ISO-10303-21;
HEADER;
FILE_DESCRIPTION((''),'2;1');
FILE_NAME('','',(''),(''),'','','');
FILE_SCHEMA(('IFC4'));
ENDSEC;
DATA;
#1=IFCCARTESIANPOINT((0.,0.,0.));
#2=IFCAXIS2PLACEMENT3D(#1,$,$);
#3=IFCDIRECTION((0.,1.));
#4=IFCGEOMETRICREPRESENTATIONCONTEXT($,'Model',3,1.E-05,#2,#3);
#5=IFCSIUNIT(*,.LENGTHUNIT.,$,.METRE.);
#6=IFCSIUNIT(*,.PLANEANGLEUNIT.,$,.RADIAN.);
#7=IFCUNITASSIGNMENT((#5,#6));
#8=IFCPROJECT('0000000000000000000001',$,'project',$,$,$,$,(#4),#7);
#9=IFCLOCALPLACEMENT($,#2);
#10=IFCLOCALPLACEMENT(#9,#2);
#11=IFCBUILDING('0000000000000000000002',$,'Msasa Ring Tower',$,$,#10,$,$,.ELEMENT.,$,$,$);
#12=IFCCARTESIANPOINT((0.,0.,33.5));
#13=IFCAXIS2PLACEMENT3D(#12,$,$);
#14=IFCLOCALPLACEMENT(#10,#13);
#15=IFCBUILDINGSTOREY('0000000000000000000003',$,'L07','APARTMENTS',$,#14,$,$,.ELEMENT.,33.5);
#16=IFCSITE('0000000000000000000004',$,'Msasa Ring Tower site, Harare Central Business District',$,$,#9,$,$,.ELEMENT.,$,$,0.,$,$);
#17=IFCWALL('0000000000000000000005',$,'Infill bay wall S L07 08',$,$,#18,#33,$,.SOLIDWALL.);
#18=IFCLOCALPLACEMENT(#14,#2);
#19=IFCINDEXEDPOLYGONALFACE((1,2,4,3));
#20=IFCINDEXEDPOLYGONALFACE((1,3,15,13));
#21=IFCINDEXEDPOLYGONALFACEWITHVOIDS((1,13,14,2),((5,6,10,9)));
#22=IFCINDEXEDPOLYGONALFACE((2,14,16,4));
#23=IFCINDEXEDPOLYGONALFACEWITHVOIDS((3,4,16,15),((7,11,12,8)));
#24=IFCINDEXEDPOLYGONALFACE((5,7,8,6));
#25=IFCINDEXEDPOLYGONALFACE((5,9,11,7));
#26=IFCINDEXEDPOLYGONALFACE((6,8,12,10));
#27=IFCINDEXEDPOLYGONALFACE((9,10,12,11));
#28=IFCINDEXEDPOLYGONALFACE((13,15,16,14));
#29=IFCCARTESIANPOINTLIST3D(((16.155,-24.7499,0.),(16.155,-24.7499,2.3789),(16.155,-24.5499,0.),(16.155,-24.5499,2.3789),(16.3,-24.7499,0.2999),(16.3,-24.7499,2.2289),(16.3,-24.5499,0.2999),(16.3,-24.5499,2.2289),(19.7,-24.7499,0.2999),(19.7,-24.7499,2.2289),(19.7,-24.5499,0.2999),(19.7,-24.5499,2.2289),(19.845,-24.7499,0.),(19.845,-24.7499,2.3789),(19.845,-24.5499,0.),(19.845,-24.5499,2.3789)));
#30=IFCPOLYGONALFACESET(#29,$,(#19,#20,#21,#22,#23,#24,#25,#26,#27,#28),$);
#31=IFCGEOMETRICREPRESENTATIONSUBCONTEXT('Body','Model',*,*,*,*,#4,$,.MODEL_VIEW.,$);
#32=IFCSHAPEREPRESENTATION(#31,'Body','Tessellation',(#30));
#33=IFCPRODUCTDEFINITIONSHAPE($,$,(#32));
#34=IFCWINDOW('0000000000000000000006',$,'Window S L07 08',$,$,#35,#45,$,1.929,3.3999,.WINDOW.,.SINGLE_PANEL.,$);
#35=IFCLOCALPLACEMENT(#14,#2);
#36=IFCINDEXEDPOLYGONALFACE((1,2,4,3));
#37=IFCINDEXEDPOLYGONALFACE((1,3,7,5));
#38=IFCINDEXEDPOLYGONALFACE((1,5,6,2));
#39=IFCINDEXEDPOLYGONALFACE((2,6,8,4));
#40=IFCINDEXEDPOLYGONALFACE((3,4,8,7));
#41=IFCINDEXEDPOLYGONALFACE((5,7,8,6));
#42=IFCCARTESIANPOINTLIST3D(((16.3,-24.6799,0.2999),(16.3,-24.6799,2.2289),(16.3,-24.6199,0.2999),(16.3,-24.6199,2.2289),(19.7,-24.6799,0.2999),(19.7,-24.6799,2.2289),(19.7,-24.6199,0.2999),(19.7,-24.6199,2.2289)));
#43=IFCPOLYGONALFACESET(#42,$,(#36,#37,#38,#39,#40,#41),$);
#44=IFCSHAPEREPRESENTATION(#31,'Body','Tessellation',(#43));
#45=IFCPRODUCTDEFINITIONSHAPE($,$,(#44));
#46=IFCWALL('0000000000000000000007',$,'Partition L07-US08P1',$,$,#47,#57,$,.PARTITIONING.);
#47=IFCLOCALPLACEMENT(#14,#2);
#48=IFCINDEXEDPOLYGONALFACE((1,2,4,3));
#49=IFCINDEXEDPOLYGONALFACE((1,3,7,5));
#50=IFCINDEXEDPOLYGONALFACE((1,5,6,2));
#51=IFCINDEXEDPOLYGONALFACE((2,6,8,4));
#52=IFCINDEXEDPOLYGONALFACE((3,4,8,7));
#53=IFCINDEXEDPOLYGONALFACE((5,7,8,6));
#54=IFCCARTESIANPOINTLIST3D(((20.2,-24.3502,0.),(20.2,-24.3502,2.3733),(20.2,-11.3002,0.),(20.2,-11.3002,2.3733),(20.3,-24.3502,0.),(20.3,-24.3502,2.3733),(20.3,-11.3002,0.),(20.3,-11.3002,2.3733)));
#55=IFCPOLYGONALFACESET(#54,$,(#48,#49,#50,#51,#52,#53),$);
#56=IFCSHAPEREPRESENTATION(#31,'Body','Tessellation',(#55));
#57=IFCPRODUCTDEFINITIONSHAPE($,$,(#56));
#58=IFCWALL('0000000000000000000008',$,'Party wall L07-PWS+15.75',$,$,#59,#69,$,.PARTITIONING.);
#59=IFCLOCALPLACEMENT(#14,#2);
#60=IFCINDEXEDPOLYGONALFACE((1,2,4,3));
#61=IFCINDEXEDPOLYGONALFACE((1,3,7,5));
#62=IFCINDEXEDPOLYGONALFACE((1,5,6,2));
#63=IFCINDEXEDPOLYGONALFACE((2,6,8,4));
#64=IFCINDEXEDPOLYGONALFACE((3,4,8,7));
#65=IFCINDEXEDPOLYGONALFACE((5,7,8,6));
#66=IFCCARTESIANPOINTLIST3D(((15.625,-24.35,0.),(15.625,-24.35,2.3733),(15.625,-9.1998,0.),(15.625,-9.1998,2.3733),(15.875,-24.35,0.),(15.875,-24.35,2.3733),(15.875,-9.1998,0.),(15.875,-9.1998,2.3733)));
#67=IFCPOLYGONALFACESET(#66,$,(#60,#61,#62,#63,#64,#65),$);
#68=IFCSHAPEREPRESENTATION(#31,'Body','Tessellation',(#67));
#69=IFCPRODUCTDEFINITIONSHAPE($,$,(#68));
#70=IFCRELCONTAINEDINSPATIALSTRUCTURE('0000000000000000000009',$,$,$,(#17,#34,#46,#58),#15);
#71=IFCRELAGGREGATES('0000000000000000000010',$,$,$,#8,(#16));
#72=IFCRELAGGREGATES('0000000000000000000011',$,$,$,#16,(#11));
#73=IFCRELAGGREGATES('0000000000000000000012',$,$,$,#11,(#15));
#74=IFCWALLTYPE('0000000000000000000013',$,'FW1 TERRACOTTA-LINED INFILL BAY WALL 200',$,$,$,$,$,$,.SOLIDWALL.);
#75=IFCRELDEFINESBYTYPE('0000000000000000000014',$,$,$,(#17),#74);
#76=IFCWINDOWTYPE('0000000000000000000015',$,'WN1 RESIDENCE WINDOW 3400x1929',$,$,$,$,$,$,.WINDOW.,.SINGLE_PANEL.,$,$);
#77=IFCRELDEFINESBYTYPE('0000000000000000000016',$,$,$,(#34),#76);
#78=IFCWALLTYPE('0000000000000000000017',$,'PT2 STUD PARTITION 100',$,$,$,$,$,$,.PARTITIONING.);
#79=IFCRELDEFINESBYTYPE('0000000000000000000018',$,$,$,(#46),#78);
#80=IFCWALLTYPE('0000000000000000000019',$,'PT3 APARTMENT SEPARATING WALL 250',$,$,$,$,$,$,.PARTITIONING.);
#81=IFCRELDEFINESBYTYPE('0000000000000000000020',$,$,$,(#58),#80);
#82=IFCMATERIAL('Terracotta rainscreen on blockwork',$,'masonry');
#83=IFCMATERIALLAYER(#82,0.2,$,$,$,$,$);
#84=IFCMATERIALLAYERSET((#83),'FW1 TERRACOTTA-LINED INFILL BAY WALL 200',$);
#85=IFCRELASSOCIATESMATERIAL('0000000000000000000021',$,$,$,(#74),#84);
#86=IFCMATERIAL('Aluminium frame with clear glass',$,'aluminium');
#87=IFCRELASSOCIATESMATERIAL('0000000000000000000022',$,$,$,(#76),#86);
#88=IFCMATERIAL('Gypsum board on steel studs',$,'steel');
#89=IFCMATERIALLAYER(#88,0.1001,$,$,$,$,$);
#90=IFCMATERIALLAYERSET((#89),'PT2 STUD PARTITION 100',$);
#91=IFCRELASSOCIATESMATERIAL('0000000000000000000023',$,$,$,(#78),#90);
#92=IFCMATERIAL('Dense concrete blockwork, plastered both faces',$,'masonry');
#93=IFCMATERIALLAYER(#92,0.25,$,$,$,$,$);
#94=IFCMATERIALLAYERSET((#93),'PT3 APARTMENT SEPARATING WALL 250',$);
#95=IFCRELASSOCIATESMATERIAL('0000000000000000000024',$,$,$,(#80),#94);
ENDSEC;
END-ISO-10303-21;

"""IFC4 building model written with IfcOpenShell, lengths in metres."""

from ifc_helpers import new_model, si_unit, direction, frame, frame_2d, origin, place, context, subcontext, project, spatial, rectangle, extrude, material, layer, layer_set, type_object, element, fill, save


model = new_model("IFC4")

# Units and contexts
model_context = context("Model", 3, precision=1e-05, world=origin(), true_north=direction((0.0, 1.0)))
body_context = subcontext(model_context, "Body", "Model", "MODEL_VIEW")
ifc_project = project(units=[si_unit("LENGTHUNIT", "METRE"), si_unit("PLANEANGLEUNIT", "RADIAN")], contexts=[model_context])

# Site, building, storey
site_placement = place(None, origin())
site = spatial("IfcSite", under=ifc_project, at=site_placement, Name="Msasa Ring Tower site, Harare Central Business District", CompositionType="ELEMENT", RefElevation=0.0)
building_placement = place(site_placement, origin())
building = spatial("IfcBuilding", under=site, at=building_placement, Name="Msasa Ring Tower", CompositionType="ELEMENT")
storey_placement = place(building_placement, frame((0.0, 0.0, 33.5)))
storey = spatial("IfcBuildingStorey", under=building, at=storey_placement, Name="L07", Description="APARTMENTS", CompositionType="ELEMENT", Elevation=33.5)

# Wall, opening, window
ifc_material_1 = material(Name="Terracotta rainscreen on blockwork", Category="masonry")
ifc_layer_1 = layer(ifc_material_1, 0.2)
ifc_layer_set_1 = layer_set([ifc_layer_1], Name="FW1 TERRACOTTA-LINED INFILL BAY WALL 200")
wall_type_1 = type_object("IfcWallType", Name="FW1 TERRACOTTA-LINED INFILL BAY WALL 200", PredefinedType="SOLIDWALL", material=ifc_layer_set_1)
wall_1_placement = place(storey_placement, frame((16.155, -24.6499, 0.0), z_axis=(0.0, 0.0, 1.0), x_axis=(1.0, 0.0, 0.0)))
wall_1 = element("IfcWall", 1, at=wall_1_placement, inside=storey, type_object=wall_type_1, Name="Infill bay wall S L07 08", PredefinedType="SOLIDWALL", context=body_context, shape_type="SweptSolid", body=[
    extrude(rectangle(XDim=3.6899, YDim=0.2, at=frame_2d((1.845, 0.0))), origin(), (0.0, 0.0, 1.0), 2.3789),
])
opening_placement = place(wall_1_placement, frame((0.145, 0.0, 0.3)))
opening = element("IfcOpeningElement", 2, at=opening_placement, cuts=wall_1, PredefinedType="OPENING", context=body_context, shape_type="SweptSolid", body=[
    extrude(rectangle(XDim=3.3999, YDim=1.929, at=frame_2d((1.7, 0.9644))), frame((0.0, 0.1099, 0.0), z_axis=(0.0, -1.0, 0.0), x_axis=(1.0, 0.0, 0.0)), (0.0, 0.0, 1.0), 0.22),
])
ifc_material_2 = material(Name="Aluminium frame with clear glass", Category="aluminium")
window_type = type_object("IfcWindowType", Name="WN1 RESIDENCE WINDOW 3400x1929", PartitioningType="SINGLE_PANEL", PredefinedType="WINDOW", material=ifc_material_2)
window_placement = place(opening_placement, origin())
window = element("IfcWindow", 3, at=window_placement, inside=storey, type_object=window_type, Name="Window S L07 08", OverallHeight=1.929, OverallWidth=3.3999, PartitioningType="SINGLE_PANEL", PredefinedType="WINDOW", context=body_context, shape_type="SweptSolid", body=[
    extrude(rectangle(XDim=3.3999, YDim=1.929, at=frame_2d((1.7, 0.9644))), frame((0.0, 0.03, 0.0), z_axis=(0.0, -1.0, 0.0), x_axis=(1.0, 0.0, 0.0)), (0.0, 0.0, 1.0), 0.0601),
])
fill(opening, window)

# Walls
ifc_material_3 = material(Name="Gypsum board on steel studs", Category="steel")
ifc_layer_2 = layer(ifc_material_3, 0.1001)
ifc_layer_set_2 = layer_set([ifc_layer_2], Name="PT2 STUD PARTITION 100")
wall_type_2 = type_object("IfcWallType", Name="PT2 STUD PARTITION 100", PredefinedType="PARTITIONING", material=ifc_layer_set_2)
wall_2_placement = place(storey_placement, frame((20.25, -24.3501, 0.0), z_axis=(0.0, 0.0, 1.0), x_axis=(0.0, 1.0, 0.0)))
element("IfcWall", 4, at=wall_2_placement, inside=storey, type_object=wall_type_2, Name="Partition L07-US08P1", PredefinedType="PARTITIONING", context=body_context, shape_type="SweptSolid", body=[
    extrude(rectangle(XDim=13.05, YDim=0.1001, at=frame_2d((6.5249, 0.0))), origin(), (0.0, 0.0, 1.0), 2.3733),
])
ifc_material_4 = material(Name="Dense concrete blockwork, plastered both faces", Category="masonry")
ifc_layer_3 = layer(ifc_material_4, 0.25)
ifc_layer_set_3 = layer_set([ifc_layer_3], Name="PT3 APARTMENT SEPARATING WALL 250")
wall_type_3 = type_object("IfcWallType", Name="PT3 APARTMENT SEPARATING WALL 250", PredefinedType="PARTITIONING", material=ifc_layer_set_3)
wall_3_placement = place(storey_placement, frame((15.75, -24.3501, 0.0), z_axis=(0.0, 0.0, 1.0), x_axis=(0.0, 1.0, 0.0)))
element("IfcWall", 5, at=wall_3_placement, inside=storey, type_object=wall_type_3, Name="Party wall L07-PWS+15.75", PredefinedType="PARTITIONING", context=body_context, shape_type="SweptSolid", body=[
    extrude(rectangle(XDim=15.1501, YDim=0.25, at=frame_2d((7.5752, 0.0))), origin(), (0.0, 0.0, 1.0), 2.3733),
])

save(model, "model.ifc")
